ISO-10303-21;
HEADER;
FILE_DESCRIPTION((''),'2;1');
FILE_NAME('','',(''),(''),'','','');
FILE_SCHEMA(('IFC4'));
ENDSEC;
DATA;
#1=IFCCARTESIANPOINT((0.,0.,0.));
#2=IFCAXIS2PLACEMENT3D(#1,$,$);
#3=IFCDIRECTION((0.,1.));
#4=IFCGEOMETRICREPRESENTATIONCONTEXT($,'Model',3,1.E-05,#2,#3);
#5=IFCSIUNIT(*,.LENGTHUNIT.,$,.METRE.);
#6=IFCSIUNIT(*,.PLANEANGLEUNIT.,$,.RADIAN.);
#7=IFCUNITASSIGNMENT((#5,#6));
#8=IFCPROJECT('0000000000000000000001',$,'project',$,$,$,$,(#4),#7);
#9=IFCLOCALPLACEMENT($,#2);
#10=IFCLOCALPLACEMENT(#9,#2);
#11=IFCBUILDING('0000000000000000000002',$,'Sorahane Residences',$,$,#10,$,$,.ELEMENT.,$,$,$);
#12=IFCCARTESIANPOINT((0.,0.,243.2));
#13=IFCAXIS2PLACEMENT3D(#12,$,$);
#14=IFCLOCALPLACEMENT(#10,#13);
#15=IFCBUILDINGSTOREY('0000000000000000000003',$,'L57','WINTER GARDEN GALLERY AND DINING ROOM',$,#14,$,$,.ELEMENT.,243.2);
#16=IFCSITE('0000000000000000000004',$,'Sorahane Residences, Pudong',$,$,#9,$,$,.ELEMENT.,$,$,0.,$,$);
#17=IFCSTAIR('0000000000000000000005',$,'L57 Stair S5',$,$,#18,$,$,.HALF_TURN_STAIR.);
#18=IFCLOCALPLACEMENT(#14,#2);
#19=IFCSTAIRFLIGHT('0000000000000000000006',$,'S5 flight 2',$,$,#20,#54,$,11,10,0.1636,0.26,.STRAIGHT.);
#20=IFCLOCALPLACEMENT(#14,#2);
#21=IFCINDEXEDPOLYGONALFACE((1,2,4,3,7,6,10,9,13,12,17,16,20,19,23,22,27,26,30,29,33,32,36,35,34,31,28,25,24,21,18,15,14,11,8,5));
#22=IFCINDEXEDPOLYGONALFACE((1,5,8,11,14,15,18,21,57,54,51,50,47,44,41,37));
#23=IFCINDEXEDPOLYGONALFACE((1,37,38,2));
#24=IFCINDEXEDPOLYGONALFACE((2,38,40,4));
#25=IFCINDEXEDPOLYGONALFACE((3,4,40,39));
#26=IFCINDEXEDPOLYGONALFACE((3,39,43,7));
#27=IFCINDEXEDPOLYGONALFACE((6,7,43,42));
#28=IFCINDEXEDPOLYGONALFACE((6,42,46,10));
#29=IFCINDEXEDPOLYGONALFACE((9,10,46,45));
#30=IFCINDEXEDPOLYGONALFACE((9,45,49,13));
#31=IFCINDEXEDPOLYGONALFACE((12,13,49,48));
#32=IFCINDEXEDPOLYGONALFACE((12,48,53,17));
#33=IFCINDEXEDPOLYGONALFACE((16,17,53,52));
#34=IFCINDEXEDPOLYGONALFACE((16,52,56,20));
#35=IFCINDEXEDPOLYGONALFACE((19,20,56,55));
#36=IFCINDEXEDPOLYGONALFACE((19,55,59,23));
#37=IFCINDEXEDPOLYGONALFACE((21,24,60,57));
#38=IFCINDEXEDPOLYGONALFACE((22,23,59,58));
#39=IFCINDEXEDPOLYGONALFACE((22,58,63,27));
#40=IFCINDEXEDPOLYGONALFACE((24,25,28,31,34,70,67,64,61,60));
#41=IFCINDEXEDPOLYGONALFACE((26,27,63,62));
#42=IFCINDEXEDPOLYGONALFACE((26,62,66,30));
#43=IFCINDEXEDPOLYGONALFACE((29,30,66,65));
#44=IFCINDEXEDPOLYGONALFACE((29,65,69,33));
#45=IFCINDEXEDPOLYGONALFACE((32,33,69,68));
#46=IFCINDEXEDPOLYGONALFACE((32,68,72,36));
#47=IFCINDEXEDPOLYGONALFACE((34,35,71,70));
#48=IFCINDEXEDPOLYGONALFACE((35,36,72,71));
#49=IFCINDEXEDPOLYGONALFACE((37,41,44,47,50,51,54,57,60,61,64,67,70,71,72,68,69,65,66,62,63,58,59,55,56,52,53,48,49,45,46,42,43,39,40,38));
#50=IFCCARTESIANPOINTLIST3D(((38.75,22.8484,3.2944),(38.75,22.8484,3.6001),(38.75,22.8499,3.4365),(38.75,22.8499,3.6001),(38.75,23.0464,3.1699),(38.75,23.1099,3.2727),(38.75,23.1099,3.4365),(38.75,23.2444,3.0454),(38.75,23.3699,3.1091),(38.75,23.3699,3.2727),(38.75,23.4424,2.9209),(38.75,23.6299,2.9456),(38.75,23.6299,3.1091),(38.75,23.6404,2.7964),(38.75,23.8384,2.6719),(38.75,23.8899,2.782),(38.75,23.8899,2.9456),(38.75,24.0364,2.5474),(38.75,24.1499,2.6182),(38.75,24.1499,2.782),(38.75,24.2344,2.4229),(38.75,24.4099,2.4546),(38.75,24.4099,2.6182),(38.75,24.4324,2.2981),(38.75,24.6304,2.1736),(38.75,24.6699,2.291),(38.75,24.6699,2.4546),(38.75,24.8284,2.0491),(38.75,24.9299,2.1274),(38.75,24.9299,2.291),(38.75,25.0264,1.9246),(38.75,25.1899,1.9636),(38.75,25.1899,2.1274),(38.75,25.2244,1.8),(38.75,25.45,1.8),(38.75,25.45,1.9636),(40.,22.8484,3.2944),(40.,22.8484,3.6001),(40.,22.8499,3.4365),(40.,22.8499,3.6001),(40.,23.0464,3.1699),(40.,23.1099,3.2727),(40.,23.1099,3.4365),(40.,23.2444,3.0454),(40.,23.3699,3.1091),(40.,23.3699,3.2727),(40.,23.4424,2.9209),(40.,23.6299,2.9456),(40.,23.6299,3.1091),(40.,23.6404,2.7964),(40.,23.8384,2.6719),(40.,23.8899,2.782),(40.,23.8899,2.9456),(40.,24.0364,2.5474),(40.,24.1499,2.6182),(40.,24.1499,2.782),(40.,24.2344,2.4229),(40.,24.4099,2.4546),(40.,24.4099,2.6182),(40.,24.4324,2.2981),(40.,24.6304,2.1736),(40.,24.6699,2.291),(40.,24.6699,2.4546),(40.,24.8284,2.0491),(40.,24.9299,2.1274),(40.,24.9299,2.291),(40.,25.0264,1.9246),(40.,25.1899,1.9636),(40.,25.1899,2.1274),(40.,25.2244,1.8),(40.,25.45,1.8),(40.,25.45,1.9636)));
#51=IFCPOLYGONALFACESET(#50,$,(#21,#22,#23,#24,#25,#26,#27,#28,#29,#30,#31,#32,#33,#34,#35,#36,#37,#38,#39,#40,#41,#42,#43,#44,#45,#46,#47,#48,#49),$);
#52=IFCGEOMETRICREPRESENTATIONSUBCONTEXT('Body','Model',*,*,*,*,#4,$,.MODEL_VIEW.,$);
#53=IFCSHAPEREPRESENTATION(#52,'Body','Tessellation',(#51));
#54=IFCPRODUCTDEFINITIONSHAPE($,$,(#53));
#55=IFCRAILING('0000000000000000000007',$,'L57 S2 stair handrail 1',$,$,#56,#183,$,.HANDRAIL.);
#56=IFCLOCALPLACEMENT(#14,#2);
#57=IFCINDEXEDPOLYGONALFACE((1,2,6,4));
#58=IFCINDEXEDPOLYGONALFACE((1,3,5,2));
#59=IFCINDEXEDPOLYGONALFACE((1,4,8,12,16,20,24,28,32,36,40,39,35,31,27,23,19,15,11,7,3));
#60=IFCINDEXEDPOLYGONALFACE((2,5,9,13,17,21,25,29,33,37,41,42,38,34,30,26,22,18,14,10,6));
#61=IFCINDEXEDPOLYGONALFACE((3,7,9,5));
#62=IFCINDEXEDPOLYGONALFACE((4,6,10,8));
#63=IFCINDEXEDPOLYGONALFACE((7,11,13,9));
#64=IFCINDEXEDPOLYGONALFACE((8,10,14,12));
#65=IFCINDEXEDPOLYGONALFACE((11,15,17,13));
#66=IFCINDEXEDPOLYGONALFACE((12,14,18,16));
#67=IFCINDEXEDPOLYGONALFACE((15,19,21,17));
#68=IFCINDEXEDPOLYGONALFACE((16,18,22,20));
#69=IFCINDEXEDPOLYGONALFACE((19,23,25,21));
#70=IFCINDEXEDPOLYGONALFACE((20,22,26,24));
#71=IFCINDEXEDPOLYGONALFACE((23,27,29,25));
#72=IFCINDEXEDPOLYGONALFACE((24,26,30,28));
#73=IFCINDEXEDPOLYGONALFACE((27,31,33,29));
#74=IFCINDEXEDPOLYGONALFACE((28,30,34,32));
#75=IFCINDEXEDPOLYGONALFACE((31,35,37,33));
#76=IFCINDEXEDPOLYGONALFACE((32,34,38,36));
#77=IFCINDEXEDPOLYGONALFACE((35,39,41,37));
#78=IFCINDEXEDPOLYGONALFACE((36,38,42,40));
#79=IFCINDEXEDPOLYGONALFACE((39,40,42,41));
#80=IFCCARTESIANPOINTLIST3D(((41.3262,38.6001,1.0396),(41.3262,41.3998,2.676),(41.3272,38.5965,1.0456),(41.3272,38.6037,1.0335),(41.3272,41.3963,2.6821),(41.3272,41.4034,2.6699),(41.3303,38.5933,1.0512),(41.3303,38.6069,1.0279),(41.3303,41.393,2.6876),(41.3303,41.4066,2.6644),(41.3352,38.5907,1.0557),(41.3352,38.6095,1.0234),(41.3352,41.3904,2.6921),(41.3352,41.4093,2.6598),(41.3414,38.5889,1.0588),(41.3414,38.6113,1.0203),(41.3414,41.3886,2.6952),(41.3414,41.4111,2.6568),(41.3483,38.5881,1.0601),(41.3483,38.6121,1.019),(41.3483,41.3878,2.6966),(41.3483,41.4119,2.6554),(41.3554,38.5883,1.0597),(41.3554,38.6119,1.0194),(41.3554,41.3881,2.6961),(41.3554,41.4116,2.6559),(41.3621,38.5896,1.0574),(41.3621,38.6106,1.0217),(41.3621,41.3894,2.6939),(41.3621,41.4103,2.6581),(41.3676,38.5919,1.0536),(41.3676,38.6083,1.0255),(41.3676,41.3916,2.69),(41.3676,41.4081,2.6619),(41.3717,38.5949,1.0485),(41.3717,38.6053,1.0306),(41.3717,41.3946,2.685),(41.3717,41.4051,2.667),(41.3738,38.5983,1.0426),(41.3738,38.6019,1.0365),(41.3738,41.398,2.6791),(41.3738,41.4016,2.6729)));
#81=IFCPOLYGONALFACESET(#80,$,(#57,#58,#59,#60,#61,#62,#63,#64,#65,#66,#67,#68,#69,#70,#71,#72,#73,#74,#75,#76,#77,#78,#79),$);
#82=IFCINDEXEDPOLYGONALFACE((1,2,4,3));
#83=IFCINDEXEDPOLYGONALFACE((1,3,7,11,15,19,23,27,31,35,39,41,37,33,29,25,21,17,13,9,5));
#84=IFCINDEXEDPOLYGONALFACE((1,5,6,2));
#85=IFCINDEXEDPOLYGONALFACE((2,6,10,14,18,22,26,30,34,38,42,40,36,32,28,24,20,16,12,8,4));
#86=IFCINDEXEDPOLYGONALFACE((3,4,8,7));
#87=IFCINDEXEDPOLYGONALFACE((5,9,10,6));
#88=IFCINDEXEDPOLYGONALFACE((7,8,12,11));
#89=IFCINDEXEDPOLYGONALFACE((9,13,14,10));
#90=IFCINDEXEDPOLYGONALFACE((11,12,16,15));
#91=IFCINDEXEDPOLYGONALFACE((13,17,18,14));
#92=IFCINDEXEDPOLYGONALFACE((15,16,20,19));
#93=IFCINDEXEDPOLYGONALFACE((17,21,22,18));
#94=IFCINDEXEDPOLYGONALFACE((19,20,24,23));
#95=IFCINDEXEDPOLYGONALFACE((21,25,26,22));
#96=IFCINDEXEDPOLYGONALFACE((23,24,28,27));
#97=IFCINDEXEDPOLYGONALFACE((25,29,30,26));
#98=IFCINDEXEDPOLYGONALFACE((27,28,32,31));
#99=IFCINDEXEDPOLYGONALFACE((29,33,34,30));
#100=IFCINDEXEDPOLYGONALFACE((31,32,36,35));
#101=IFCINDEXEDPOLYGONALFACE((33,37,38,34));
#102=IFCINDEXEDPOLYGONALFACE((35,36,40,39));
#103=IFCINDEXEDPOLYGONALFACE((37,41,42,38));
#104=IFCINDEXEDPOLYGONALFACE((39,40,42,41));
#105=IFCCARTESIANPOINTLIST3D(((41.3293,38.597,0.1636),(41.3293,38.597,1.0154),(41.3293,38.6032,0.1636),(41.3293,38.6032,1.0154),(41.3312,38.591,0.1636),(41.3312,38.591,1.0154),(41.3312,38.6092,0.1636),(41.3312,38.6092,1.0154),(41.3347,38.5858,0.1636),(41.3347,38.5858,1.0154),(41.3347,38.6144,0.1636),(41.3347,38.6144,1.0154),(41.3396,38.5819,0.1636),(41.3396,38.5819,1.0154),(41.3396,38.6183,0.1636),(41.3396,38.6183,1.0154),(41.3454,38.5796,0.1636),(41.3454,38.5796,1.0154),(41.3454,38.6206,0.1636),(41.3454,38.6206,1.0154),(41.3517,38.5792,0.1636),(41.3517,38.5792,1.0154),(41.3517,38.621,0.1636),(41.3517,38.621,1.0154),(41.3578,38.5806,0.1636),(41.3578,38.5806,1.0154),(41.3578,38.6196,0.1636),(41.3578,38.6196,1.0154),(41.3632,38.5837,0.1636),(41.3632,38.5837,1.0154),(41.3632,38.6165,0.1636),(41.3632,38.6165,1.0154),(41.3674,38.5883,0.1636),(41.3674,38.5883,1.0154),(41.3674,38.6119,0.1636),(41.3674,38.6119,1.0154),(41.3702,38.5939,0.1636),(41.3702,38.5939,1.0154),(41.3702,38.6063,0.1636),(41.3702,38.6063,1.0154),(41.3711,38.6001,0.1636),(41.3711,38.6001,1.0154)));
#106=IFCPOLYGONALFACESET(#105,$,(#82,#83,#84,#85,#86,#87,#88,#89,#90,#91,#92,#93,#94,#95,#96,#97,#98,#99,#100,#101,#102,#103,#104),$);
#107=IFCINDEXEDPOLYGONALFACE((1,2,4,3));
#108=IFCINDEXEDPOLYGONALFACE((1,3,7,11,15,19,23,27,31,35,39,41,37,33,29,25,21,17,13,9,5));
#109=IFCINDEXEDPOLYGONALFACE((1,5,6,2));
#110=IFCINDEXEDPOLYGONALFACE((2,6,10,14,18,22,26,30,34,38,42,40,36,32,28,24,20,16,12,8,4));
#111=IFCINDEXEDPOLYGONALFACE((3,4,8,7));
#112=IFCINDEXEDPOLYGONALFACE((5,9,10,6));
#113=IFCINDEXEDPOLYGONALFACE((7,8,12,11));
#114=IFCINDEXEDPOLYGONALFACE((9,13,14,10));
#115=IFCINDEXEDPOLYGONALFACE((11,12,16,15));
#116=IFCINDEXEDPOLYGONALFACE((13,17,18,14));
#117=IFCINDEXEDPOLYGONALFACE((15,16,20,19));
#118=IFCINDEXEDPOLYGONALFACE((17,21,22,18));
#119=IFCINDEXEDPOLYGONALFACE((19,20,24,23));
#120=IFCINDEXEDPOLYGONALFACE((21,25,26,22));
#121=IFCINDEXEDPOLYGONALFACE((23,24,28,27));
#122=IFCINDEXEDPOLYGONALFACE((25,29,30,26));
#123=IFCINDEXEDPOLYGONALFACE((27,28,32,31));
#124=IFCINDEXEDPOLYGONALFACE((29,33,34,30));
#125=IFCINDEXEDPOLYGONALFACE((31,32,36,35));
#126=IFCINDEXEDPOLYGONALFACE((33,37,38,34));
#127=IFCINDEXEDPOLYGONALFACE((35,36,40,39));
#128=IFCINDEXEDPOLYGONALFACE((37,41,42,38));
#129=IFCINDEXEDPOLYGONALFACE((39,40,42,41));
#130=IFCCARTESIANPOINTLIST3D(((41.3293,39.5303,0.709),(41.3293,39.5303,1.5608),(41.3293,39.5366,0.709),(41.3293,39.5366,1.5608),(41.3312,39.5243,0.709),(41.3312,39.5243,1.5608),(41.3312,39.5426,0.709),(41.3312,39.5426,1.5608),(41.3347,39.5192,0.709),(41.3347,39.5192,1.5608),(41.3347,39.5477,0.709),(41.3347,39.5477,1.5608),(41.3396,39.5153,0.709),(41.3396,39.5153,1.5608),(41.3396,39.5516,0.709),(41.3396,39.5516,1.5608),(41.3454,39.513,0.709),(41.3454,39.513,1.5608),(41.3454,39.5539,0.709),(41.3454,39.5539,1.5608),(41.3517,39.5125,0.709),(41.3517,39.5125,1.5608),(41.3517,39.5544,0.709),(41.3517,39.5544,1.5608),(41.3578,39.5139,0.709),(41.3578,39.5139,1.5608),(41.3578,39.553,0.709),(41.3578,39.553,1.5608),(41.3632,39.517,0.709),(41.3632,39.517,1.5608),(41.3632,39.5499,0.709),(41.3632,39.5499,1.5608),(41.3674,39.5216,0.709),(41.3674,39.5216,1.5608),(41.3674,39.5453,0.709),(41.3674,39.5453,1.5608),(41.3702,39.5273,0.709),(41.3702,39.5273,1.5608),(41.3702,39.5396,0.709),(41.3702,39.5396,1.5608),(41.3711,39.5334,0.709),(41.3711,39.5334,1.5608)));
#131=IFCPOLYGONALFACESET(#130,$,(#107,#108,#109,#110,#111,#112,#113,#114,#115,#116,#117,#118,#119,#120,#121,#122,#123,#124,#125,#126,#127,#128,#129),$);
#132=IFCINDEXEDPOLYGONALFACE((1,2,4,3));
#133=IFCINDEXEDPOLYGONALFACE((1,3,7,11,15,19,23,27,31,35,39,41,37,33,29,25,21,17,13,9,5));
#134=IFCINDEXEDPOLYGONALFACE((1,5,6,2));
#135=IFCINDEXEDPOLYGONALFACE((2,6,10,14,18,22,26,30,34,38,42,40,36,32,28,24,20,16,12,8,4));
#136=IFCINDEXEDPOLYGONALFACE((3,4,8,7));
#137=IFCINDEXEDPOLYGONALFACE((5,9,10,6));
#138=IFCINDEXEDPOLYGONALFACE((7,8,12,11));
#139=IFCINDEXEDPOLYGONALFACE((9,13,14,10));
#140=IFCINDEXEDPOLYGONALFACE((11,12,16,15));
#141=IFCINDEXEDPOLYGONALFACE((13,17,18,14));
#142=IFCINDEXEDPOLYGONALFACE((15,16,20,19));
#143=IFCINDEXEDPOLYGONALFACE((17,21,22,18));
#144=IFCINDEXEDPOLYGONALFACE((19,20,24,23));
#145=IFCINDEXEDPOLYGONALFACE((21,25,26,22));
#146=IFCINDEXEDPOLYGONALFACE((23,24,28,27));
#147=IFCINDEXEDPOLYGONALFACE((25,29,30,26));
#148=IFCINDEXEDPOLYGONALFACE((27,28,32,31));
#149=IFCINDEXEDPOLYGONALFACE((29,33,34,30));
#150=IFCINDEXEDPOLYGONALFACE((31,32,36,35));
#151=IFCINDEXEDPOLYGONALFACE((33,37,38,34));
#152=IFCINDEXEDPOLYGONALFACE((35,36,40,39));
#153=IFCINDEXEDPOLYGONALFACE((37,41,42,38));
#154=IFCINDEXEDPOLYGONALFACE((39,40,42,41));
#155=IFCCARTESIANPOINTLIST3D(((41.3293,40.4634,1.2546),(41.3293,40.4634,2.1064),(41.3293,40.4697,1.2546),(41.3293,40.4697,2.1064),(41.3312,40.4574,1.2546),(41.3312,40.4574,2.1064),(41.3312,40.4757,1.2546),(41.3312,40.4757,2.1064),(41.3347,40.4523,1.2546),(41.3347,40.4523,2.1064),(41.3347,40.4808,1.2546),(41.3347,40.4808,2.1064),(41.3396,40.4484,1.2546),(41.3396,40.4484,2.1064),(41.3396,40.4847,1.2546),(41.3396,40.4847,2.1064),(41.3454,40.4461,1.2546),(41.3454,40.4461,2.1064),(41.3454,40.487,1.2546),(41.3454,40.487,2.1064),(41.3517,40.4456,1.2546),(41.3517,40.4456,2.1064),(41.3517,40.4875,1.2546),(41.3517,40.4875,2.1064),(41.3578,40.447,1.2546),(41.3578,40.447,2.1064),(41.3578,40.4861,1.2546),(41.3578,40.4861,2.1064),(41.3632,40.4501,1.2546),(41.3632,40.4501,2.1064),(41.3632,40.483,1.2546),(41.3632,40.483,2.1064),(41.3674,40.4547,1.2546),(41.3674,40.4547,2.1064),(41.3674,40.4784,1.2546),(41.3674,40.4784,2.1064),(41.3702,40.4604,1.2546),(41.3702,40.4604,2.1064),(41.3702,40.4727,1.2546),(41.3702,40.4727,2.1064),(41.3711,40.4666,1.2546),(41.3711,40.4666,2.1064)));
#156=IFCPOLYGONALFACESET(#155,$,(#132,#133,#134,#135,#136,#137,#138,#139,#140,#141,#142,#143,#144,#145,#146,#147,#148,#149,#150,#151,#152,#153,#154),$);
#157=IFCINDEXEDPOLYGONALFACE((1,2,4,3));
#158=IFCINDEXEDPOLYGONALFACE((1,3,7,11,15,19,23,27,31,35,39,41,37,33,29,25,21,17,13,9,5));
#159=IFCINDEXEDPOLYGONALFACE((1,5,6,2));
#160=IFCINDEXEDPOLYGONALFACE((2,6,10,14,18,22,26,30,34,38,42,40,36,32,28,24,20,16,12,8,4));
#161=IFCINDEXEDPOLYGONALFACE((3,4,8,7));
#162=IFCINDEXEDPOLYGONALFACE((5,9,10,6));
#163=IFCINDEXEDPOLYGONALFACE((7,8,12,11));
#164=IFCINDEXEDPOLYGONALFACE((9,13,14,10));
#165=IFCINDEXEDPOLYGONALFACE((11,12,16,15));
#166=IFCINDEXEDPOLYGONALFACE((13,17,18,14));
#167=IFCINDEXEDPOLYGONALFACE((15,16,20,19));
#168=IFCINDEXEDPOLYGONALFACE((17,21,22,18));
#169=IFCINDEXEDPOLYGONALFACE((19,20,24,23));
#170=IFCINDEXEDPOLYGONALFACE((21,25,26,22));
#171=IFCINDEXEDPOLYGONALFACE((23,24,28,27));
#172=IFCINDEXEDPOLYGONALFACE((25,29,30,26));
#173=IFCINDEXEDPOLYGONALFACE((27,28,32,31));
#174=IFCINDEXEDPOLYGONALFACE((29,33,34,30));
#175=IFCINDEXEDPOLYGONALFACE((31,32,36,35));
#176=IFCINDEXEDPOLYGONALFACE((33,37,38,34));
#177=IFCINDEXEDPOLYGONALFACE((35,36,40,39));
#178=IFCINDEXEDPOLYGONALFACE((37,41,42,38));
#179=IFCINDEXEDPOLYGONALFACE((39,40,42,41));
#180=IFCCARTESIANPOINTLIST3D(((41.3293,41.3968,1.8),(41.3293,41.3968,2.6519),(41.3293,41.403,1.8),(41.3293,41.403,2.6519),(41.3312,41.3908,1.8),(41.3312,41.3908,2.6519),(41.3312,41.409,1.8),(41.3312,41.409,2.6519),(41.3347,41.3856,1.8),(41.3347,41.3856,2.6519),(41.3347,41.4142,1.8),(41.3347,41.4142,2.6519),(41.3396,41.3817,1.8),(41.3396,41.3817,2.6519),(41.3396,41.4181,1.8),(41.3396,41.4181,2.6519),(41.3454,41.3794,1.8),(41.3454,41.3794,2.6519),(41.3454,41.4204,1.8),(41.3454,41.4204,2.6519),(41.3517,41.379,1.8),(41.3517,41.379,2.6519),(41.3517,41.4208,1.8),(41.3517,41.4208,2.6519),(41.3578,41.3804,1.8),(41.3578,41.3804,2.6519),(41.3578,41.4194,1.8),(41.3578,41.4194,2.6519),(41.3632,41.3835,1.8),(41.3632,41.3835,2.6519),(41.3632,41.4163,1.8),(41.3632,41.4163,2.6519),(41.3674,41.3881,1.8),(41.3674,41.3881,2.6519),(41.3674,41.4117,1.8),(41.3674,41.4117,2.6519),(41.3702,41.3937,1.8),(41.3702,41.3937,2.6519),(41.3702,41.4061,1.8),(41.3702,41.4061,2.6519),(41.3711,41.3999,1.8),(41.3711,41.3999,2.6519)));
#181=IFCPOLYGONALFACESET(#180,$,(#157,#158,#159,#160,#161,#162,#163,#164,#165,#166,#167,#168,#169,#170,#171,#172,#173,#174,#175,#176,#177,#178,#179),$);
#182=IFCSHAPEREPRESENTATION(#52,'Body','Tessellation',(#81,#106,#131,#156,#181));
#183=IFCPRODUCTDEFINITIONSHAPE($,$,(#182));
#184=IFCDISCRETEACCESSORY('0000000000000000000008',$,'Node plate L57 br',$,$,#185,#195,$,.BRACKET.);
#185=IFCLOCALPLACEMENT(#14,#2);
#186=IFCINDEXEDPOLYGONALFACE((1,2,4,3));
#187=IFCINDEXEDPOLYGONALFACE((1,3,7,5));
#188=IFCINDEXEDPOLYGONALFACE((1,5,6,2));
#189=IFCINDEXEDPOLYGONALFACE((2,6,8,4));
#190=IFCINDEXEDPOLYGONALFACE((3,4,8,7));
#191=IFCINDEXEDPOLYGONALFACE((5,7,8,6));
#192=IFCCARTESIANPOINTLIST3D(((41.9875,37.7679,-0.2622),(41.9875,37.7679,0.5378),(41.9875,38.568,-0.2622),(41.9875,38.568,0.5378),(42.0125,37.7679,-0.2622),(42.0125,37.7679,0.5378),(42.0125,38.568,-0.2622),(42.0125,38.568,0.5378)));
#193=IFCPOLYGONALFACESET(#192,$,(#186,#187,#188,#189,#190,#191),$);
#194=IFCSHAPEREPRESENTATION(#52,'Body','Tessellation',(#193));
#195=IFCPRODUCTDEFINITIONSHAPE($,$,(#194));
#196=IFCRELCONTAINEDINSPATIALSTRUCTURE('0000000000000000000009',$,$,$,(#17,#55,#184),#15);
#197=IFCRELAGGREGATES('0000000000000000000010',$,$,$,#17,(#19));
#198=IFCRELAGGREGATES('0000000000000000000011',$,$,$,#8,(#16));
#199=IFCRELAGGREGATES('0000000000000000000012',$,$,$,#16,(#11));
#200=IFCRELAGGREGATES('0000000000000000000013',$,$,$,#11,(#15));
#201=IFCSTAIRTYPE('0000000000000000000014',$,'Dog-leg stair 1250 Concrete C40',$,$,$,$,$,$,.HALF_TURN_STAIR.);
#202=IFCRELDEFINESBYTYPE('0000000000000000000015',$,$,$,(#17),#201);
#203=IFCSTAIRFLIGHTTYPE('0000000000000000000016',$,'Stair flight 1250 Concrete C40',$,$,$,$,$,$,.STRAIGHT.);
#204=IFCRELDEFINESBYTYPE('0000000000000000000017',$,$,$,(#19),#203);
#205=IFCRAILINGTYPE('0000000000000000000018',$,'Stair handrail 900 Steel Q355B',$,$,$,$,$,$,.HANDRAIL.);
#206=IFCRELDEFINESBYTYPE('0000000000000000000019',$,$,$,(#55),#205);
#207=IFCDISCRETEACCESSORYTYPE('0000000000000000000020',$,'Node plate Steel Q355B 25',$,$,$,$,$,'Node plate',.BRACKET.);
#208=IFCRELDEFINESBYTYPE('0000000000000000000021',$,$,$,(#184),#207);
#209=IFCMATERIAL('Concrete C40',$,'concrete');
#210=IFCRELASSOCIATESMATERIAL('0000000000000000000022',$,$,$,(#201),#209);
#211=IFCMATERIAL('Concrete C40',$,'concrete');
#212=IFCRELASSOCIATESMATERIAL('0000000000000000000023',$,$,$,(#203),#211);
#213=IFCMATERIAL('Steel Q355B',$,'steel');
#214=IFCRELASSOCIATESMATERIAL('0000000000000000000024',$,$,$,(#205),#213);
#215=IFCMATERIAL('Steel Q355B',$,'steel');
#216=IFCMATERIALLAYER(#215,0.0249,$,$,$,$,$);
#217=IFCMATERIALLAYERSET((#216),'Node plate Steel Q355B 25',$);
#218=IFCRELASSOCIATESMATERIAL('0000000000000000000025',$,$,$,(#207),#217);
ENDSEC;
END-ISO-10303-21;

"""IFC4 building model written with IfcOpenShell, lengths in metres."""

from ifc_helpers import new_model, si_unit, direction, frame, origin, origin_2d, place, context, subcontext, project, spatial, polyline, rectangle, circle, outline, extrude, material, layer, layer_set, type_object, element, aggregate, save


model = new_model("IFC4")

# Units and contexts
model_context = context("Model", 3, precision=1e-05, world=origin(), true_north=direction((0.0, 1.0)))
body_context = subcontext(model_context, "Body", "Model", "MODEL_VIEW")
ifc_project = project(units=[si_unit("LENGTHUNIT", "METRE"), si_unit("PLANEANGLEUNIT", "RADIAN")], contexts=[model_context])

# Site, building, storey
site_placement = place(None, origin())
site = spatial("IfcSite", under=ifc_project, at=site_placement, Name="Sorahane Residences, Pudong", CompositionType="ELEMENT", RefElevation=0.0)
building_placement = place(site_placement, origin())
building = spatial("IfcBuilding", under=site, at=building_placement, Name="Sorahane Residences", CompositionType="ELEMENT")
storey_placement = place(building_placement, frame((0.0, 0.0, 243.2)))
storey = spatial("IfcBuildingStorey", under=building, at=storey_placement, Name="L57", Description="WINTER GARDEN GALLERY AND DINING ROOM", CompositionType="ELEMENT", Elevation=243.2)

# Stair, stair flight
ifc_material_1 = material(Name="Concrete C40", Category="concrete")
stair_type = type_object("IfcStairType", Name="Dog-leg stair 1250 Concrete C40", PredefinedType="HALF_TURN_STAIR", material=ifc_material_1)
ifc_material_2 = material(Name="Concrete C40", Category="concrete")
stair_flight_type = type_object("IfcStairFlightType", Name="Stair flight 1250 Concrete C40", PredefinedType="STRAIGHT", material=ifc_material_2)
stair_1_placement = place(storey_placement, origin())
stair_1 = element("IfcStair", 1, at=stair_1_placement, inside=storey, type_object=stair_type, Name="L57 Stair S5", PredefinedType="HALF_TURN_STAIR")
stair_flight_1_placement = place(storey_placement, frame((39.375, 25.45, 1.8), z_axis=(0.0, 0.0, 1.0), x_axis=(0.0, -1.0, 0.0)))
stair_flight_1 = element("IfcStairFlight", 2, at=stair_flight_1_placement, type_object=stair_flight_type, Name="S5 flight 2", NumberOfRisers=11, NumberOfTreads=10, PredefinedType="STRAIGHT", RiserHeight=0.1636, TreadLength=0.26, context=body_context, shape_type="SweptSolid", body=[
    extrude(outline(polyline([(0.0, 0.0), (0.0, 0.1636), (0.26, 0.1636), (0.26, 0.3274), (0.52, 0.3274), (0.52, 0.491), (0.78, 0.491), (0.78, 0.6545), (1.04, 0.6545), (1.04, 0.8181), (1.3, 0.8181), (1.3, 0.9819), (1.5601, 0.9819), (1.5601, 1.1455), (1.8201, 1.1455), (1.8201, 1.3091), (2.0801, 1.3091), (2.0801, 1.4727), (2.3401, 1.4727), (2.3401, 1.6365), (2.6001, 1.6365), (2.6001, 1.8), (2.6016, 1.8), (2.6016, 1.4944), (2.4036, 1.3699), (2.2056, 1.2454), (2.0076, 1.1208), (1.8096, 0.9963), (1.6116, 0.8718), (1.4136, 0.7473), (1.2156, 0.6228), (1.0176, 0.498), (0.8196, 0.3735), (0.6216, 0.249), (0.4236, 0.1245), (0.2256, 0.0), (0.0, 0.0)])), frame((0.0, 0.625, 0.0), z_axis=(0.0, -1.0, 0.0), x_axis=(1.0, 0.0, 0.0)), (0.0, 0.0, 1.0), 1.25),
])
aggregate(stair_1, [stair_flight_1])

# Railing
ifc_material_3 = material(Name="Steel Q355B", Category="steel")
railing_type_1 = type_object("IfcRailingType", Name="Stair handrail 900 Steel Q355B", PredefinedType="HANDRAIL", material=ifc_material_3)
railing_1_placement = place(storey_placement, frame((41.3501, 38.6001, 0.1636)))
element("IfcRailing", 3, at=railing_1_placement, inside=storey, type_object=railing_type_1, Name="L57 S2 stair handrail 1", PredefinedType="HANDRAIL", context=body_context, shape_type="SweptSolid", body=[
    extrude(circle(Radius=0.0239, at=origin_2d()), frame((0.0, 0.0, 0.876), z_axis=(0.0, 0.863342, 0.50462), x_axis=(-1.0, 0.0, 0.0)), (0.0, 0.0, 1.0), 3.2429),
    extrude(circle(Radius=0.021, at=origin_2d()), origin(), (0.0, 0.0, 1.0), 0.8518),
    extrude(circle(Radius=0.021, at=origin_2d()), frame((0.0, 0.9333, 0.5454)), (0.0, 0.0, 1.0), 0.8518),
    extrude(circle(Radius=0.021, at=origin_2d()), frame((0.0, 1.8665, 1.0911)), (0.0, 0.0, 1.0), 0.8518),
    extrude(circle(Radius=0.021, at=origin_2d()), frame((0.0, 2.7998, 1.6365)), (0.0, 0.0, 1.0), 0.8518),
])

# Discrete accessory
ifc_material_4 = material(Name="Steel Q355B", Category="steel")
ifc_layer_1 = layer(ifc_material_4, 0.0249)
ifc_layer_set_1 = layer_set([ifc_layer_1], Name="Node plate Steel Q355B 25")
discrete_accessory_type = type_object("IfcDiscreteAccessoryType", Name="Node plate Steel Q355B 25", ElementType="Node plate", PredefinedType="BRACKET", material=ifc_layer_set_1)
discrete_accessory_placement = place(storey_placement, frame((42.0, 38.168, -0.2622), z_axis=(0.0, 0.0, 1.0), x_axis=(0.0, 1.0, 0.0)))
element("IfcDiscreteAccessory", 4, at=discrete_accessory_placement, inside=storey, type_object=discrete_accessory_type, Name="Node plate L57 br", PredefinedType="BRACKET", context=body_context, shape_type="SweptSolid", body=[
    extrude(rectangle(XDim=0.8, YDim=0.0249, at=origin_2d()), origin(), (0.0, 0.0, 1.0), 0.8),
])

save(model, "model.ifc")
